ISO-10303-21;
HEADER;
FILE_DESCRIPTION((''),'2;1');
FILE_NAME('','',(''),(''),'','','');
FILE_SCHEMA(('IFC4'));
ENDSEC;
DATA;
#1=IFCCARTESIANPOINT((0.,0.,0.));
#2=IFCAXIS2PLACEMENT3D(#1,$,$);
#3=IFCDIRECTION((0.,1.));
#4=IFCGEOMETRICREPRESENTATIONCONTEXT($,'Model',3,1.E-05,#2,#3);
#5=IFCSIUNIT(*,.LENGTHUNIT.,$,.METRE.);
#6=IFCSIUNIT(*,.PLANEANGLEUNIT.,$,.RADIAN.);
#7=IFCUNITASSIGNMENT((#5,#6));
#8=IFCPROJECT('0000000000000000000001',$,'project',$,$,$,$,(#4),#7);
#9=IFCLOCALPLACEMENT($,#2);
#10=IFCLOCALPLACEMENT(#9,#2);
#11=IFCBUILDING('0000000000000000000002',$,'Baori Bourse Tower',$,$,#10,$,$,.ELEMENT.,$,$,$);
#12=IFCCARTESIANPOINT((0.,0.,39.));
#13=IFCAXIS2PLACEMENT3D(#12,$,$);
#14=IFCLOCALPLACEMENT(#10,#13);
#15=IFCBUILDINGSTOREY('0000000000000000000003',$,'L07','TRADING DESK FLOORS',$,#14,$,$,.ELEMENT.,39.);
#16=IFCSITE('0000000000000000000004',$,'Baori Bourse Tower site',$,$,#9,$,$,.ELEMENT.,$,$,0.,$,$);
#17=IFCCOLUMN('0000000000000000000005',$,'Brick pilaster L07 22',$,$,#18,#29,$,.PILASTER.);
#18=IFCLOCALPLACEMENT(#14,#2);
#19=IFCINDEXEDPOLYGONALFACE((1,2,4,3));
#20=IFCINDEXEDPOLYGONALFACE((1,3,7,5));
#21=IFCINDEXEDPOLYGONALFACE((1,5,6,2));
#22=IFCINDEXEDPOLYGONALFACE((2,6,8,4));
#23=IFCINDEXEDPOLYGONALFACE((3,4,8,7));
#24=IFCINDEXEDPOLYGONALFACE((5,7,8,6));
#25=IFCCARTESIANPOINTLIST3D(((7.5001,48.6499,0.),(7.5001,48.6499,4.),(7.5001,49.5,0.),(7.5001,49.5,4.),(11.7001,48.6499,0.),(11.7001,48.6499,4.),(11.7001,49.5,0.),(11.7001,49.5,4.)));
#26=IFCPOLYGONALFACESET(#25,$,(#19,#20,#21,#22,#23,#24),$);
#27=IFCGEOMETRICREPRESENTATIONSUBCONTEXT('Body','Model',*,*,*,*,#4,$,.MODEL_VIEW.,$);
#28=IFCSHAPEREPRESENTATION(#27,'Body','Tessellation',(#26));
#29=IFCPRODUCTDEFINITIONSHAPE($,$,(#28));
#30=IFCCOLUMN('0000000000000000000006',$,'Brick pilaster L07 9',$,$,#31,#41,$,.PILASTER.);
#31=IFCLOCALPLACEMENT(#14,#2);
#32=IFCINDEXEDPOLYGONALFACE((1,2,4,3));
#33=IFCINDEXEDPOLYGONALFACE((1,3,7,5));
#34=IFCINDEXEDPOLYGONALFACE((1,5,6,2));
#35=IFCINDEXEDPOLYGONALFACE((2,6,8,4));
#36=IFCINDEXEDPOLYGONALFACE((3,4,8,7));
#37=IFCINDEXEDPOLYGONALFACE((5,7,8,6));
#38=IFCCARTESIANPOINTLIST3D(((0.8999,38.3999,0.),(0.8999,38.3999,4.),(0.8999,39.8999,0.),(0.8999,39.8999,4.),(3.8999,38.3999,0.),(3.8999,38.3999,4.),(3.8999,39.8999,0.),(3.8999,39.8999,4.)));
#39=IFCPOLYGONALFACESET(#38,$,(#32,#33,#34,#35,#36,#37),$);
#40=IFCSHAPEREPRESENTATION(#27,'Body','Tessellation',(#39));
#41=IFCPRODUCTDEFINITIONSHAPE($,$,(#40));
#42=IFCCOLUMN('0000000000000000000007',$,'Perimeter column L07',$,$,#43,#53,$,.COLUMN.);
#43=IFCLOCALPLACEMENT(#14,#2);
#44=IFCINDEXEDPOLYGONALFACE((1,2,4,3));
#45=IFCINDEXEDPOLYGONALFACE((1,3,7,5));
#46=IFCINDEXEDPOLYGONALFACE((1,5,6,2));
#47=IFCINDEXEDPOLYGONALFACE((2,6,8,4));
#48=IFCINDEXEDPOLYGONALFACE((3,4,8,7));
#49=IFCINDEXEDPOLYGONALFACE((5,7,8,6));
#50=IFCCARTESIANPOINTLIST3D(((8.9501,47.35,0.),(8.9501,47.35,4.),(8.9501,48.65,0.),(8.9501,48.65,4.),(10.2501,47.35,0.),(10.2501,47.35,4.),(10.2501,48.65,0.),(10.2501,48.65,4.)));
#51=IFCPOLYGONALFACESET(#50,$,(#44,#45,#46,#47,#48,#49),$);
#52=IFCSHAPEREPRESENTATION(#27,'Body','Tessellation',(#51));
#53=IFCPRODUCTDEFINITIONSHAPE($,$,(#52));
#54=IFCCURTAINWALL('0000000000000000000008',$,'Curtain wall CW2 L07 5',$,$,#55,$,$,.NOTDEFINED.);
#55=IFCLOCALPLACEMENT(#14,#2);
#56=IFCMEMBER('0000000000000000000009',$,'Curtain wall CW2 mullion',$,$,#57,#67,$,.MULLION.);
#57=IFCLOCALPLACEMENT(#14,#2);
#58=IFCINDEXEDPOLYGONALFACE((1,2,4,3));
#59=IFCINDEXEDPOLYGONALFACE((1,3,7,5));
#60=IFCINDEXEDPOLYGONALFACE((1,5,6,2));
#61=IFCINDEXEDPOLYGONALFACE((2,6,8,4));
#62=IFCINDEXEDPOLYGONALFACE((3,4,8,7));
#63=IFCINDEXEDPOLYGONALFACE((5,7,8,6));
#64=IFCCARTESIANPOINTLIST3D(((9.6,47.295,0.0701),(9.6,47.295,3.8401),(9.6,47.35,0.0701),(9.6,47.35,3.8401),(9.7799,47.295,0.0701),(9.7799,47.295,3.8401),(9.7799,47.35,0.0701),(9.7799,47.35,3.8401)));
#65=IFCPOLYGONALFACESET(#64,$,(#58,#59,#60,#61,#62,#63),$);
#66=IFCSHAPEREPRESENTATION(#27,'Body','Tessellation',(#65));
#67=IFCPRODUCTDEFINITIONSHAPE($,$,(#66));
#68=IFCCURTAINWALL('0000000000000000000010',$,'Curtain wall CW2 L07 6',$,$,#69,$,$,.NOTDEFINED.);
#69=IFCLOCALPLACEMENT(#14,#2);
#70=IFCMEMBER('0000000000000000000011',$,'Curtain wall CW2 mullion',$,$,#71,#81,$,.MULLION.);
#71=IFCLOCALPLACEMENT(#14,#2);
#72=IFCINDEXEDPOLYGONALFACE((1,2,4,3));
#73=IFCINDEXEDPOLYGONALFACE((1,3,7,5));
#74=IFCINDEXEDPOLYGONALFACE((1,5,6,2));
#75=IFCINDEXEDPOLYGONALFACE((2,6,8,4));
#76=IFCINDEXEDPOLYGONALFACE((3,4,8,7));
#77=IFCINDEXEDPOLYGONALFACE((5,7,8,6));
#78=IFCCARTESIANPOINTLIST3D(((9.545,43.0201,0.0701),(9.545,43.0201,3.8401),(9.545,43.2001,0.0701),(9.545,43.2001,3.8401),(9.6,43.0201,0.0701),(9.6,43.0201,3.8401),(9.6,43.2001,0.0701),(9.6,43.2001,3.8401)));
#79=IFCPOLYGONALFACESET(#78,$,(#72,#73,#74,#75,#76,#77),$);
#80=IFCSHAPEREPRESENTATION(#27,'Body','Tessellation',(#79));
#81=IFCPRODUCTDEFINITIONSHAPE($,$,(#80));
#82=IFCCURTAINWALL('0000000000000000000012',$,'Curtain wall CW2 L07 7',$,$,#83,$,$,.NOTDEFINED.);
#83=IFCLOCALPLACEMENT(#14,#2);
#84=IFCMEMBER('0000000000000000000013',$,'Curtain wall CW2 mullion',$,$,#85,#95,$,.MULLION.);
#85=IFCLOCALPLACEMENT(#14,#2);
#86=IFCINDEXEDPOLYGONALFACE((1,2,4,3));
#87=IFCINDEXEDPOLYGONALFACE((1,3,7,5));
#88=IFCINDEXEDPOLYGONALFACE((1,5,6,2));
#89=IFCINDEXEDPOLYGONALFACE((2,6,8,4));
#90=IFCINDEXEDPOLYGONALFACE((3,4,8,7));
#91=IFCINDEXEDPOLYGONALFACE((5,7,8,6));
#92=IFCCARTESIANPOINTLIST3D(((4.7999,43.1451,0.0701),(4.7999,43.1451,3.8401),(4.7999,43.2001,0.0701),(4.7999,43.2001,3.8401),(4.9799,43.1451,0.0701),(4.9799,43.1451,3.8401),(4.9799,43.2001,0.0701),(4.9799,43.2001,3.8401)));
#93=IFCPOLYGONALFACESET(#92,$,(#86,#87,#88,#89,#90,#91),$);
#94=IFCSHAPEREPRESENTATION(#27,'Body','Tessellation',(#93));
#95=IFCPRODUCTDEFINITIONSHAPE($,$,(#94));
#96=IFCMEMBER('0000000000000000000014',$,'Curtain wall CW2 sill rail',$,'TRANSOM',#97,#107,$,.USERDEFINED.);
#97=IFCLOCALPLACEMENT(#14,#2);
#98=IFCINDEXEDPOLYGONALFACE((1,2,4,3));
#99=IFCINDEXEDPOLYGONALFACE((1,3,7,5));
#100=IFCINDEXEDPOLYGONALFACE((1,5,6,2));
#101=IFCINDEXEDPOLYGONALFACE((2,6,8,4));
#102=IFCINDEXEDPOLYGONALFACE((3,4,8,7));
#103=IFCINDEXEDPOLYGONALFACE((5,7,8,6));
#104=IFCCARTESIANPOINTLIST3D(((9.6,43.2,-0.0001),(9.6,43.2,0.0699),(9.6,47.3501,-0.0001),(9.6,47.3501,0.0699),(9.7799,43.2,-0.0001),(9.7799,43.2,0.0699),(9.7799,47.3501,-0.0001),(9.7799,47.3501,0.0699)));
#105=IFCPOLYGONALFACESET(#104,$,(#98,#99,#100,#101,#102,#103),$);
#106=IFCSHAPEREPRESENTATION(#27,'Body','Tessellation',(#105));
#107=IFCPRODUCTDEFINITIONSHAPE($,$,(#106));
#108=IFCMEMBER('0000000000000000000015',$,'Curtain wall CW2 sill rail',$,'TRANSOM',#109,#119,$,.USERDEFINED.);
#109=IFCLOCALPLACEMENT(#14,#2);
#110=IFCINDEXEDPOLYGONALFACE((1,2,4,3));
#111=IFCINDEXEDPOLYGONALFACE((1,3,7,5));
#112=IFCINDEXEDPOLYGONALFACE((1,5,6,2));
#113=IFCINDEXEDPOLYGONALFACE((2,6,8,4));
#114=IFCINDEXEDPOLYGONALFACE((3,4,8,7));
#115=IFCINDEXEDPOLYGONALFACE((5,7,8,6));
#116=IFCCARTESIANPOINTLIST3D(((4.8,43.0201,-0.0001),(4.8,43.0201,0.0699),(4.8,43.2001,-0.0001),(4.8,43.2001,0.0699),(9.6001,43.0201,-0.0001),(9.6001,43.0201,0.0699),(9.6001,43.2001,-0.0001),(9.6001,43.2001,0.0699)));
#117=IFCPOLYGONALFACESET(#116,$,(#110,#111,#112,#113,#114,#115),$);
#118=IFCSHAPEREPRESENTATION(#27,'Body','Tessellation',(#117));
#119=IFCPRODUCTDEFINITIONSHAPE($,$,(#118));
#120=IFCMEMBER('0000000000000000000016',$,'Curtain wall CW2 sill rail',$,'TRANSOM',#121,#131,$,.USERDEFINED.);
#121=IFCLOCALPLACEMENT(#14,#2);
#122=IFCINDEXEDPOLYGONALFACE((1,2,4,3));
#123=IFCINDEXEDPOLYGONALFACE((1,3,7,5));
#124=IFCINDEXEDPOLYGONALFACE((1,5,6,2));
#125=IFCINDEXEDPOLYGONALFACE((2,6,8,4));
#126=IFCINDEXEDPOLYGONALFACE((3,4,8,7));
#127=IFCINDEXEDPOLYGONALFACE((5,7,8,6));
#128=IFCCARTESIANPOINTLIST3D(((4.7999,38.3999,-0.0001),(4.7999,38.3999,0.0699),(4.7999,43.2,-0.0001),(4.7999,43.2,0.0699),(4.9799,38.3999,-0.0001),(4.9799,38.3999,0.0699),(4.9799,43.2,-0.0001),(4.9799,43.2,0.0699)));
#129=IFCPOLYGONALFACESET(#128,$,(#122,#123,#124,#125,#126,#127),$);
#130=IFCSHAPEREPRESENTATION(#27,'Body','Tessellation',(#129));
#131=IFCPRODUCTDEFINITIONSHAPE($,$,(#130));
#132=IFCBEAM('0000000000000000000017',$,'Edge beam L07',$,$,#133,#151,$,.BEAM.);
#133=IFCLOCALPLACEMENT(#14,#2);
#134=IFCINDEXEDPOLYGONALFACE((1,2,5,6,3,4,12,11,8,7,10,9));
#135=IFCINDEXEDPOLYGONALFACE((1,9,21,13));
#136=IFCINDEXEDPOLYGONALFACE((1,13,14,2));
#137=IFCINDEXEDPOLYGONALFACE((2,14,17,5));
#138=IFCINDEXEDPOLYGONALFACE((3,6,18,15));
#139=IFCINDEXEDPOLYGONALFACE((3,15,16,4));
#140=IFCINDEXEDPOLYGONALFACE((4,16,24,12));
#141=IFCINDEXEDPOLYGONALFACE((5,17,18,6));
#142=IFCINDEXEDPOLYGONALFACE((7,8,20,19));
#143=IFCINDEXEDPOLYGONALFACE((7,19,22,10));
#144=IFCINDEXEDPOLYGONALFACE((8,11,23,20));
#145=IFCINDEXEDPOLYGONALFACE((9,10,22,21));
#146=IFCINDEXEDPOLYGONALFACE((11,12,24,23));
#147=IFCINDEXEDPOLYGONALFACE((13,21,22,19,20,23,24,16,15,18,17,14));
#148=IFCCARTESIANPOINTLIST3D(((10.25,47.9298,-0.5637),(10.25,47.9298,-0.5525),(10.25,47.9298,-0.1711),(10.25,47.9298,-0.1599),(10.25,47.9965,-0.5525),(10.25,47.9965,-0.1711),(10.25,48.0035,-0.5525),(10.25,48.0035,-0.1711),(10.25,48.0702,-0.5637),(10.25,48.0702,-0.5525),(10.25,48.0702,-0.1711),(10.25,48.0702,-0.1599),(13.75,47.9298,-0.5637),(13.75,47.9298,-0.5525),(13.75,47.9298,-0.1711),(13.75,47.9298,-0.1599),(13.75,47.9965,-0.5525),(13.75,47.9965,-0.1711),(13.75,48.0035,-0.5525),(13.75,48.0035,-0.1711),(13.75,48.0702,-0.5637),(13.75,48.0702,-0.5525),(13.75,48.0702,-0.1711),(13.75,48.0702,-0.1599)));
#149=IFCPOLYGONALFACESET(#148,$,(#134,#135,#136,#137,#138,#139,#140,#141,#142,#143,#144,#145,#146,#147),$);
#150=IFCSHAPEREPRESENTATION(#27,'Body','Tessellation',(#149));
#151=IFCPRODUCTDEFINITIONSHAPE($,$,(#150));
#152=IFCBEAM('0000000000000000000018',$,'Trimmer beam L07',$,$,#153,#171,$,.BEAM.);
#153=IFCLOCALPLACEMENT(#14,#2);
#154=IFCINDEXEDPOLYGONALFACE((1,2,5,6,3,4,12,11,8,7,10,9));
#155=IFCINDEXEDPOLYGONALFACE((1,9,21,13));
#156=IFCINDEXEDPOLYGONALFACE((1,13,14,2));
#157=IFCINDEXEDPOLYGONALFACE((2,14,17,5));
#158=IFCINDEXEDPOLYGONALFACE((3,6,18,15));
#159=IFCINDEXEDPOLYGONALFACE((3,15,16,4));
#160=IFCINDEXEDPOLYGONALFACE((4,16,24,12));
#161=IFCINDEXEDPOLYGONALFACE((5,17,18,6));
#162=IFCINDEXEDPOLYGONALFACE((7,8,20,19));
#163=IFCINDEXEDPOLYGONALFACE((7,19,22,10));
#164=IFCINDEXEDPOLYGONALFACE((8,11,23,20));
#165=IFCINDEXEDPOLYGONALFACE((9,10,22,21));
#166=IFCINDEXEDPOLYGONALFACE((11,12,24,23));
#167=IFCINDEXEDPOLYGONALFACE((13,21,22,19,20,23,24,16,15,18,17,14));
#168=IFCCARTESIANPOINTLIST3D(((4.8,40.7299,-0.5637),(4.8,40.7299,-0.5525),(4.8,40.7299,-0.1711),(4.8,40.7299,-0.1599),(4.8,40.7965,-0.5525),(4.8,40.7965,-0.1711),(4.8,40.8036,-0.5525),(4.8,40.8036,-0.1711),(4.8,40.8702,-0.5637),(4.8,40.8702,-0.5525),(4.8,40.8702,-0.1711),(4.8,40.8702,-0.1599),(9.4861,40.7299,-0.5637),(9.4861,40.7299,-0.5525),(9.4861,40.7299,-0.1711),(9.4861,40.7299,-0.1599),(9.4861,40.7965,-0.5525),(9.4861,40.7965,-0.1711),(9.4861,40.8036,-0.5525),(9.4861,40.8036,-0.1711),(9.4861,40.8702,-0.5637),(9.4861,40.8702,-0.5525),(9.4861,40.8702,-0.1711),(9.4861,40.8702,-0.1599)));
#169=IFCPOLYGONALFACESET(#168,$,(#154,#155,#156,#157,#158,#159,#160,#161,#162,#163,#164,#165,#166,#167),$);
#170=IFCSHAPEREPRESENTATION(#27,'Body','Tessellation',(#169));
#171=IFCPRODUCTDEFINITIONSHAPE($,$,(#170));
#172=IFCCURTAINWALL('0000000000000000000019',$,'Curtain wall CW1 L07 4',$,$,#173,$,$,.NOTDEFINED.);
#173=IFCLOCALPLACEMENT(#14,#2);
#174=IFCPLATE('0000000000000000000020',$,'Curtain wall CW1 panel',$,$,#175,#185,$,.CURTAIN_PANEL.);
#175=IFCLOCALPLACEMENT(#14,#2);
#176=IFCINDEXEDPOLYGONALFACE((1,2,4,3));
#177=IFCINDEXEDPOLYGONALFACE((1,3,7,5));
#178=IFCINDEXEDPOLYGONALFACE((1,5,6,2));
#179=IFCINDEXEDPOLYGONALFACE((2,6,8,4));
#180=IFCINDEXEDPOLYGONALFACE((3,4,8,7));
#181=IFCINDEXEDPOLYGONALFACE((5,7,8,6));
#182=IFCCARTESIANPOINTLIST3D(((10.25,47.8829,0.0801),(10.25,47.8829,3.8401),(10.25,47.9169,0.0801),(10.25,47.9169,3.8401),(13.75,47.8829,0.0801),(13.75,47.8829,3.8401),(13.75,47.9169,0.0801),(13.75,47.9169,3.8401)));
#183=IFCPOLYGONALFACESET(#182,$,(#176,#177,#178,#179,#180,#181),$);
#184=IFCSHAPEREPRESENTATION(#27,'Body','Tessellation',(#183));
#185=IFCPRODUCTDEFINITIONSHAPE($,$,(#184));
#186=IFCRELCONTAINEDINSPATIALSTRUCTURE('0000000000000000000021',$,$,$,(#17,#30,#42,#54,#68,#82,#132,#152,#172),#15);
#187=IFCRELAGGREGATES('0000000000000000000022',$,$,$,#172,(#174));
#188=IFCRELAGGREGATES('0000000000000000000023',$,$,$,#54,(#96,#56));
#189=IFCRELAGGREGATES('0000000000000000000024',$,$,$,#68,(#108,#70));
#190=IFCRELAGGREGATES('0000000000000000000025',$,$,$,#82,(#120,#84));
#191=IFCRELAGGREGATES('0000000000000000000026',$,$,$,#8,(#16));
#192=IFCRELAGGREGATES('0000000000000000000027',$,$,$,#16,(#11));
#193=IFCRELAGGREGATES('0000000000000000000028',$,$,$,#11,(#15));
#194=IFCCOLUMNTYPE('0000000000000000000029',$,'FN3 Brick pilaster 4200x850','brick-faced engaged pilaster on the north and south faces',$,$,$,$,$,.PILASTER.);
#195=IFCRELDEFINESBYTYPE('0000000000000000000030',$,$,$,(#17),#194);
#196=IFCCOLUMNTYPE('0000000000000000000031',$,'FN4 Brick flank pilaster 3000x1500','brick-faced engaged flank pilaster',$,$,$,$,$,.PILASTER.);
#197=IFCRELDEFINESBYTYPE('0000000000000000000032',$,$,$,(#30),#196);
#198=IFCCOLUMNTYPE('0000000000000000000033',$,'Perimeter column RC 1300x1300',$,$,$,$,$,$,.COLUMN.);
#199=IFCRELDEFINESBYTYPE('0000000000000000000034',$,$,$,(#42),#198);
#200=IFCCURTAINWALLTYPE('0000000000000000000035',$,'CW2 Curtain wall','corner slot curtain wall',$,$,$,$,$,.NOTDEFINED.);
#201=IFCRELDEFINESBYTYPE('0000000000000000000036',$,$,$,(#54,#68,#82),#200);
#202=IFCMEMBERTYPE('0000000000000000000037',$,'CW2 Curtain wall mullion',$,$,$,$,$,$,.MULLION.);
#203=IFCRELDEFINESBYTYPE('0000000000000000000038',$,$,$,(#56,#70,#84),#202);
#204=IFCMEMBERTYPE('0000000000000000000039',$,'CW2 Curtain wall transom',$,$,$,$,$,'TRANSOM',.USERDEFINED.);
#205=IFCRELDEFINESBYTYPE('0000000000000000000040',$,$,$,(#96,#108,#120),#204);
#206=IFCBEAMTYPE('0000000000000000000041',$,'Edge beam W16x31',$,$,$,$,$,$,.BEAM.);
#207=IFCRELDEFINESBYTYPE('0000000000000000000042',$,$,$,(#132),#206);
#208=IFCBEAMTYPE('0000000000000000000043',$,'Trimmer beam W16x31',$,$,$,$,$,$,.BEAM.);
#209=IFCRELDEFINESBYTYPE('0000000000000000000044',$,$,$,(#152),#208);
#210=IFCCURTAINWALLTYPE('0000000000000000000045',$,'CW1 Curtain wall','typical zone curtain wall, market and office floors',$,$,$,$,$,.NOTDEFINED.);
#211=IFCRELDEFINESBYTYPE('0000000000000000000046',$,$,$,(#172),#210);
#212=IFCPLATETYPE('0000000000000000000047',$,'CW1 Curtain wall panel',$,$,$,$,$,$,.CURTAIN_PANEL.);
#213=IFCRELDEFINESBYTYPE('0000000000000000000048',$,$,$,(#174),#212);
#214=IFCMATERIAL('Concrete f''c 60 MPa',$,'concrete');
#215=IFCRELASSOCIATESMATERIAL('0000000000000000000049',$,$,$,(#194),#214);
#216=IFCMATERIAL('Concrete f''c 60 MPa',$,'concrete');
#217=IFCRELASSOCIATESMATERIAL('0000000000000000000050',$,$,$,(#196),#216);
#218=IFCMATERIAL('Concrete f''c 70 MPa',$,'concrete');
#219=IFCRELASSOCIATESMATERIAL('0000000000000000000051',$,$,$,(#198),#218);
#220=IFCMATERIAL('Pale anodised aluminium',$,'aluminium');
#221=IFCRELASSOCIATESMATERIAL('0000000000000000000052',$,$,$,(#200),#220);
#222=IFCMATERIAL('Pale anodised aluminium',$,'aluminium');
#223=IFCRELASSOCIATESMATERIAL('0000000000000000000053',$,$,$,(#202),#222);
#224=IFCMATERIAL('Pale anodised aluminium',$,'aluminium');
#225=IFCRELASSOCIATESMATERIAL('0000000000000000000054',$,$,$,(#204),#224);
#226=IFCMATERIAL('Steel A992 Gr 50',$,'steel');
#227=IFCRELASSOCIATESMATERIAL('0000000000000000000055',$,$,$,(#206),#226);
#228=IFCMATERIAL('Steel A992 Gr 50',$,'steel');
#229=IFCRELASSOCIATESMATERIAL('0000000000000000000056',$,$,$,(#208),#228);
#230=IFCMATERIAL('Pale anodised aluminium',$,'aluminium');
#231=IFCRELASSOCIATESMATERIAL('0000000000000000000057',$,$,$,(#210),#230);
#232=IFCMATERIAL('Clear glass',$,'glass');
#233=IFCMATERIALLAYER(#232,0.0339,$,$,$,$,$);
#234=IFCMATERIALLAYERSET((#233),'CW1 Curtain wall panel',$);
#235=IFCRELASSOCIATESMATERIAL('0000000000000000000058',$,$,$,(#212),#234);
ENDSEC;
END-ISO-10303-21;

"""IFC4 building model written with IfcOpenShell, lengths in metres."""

from ifc_helpers import new_model, si_unit, direction, frame, origin, origin_2d, place, context, subcontext, project, spatial, rectangle, i_section, extrude, material, layer, layer_set, material_profile, profile_set, type_object, element, aggregate, save


model = new_model("IFC4")

# Units and contexts
model_context = context("Model", 3, precision=1e-05, world=origin(), true_north=direction((0.0, 1.0)))
body_context = subcontext(model_context, "Body", "Model", "MODEL_VIEW")
ifc_project = project(units=[si_unit("LENGTHUNIT", "METRE"), si_unit("PLANEANGLEUNIT", "RADIAN")], contexts=[model_context])

# Site, building, storey
site_placement = place(None, origin())
site = spatial("IfcSite", under=ifc_project, at=site_placement, Name="Baori Bourse Tower site", CompositionType="ELEMENT", RefElevation=0.0)
building_placement = place(site_placement, origin())
building = spatial("IfcBuilding", under=site, at=building_placement, Name="Baori Bourse Tower", CompositionType="ELEMENT")
storey_placement = place(building_placement, frame((0.0, 0.0, 39.0)))
storey = spatial("IfcBuildingStorey", under=building, at=storey_placement, Name="L07", Description="TRADING DESK FLOORS", CompositionType="ELEMENT", Elevation=39.0)

# Columns
ifc_material_1 = material(Name="Concrete f'c 60 MPa", Category="concrete")
ifc_material_profile_1 = material_profile(ifc_material_1, rectangle(XDim=4.2, YDim=0.8501, at=origin_2d()), Name="RC 4200x850")
ifc_profile_set_1 = profile_set([ifc_material_profile_1], Name="Concrete f'c 60 MPa")
column_type_1 = type_object("IfcColumnType", Name="FN3 Brick pilaster 4200x850", Description="brick-faced engaged pilaster on the north and south faces", PredefinedType="PILASTER", material=ifc_profile_set_1)
column_1_placement = place(storey_placement, frame((9.6001, 49.075, 0.0), z_axis=(0.0, 0.0, 1.0), x_axis=(1.0, 0.0, 0.0)))
element("IfcColumn", 1, at=column_1_placement, inside=storey, type_object=column_type_1, Name="Brick pilaster L07 22", PredefinedType="PILASTER", context=body_context, shape_type="SweptSolid", body=[
    extrude(rectangle(XDim=4.2, YDim=0.8501, at=origin_2d()), origin(), (0.0, 0.0, 1.0), 4.0),
])
ifc_material_2 = material(Name="Concrete f'c 60 MPa", Category="concrete")
ifc_material_profile_2 = material_profile(ifc_material_2, rectangle(XDim=3.0, YDim=1.5, at=origin_2d()), Name="RC 3000x1500")
ifc_profile_set_2 = profile_set([ifc_material_profile_2], Name="Concrete f'c 60 MPa")
column_type_2 = type_object("IfcColumnType", Name="FN4 Brick flank pilaster 3000x1500", Description="brick-faced engaged flank pilaster", PredefinedType="PILASTER", material=ifc_profile_set_2)
column_2_placement = place(storey_placement, frame((2.3999, 39.1499, 0.0), z_axis=(0.0, 0.0, 1.0), x_axis=(1.0, 0.0, 0.0)))
element("IfcColumn", 2, at=column_2_placement, inside=storey, type_object=column_type_2, Name="Brick pilaster L07 9", PredefinedType="PILASTER", context=body_context, shape_type="SweptSolid", body=[
    extrude(rectangle(XDim=3.0, YDim=1.5, at=origin_2d()), origin(), (0.0, 0.0, 1.0), 4.0),
])
ifc_material_3 = material(Name="Concrete f'c 70 MPa", Category="concrete")
ifc_material_profile_3 = material_profile(ifc_material_3, rectangle(XDim=1.3, YDim=1.3, at=origin_2d()), Name="RC 1300x1300")
ifc_profile_set_3 = profile_set([ifc_material_profile_3], Name="Concrete f'c 70 MPa")
column_type_3 = type_object("IfcColumnType", Name="Perimeter column RC 1300x1300", PredefinedType="COLUMN", material=ifc_profile_set_3)
column_3_placement = place(storey_placement, frame((9.6001, 48.0, 0.0), z_axis=(0.0, 0.0, 1.0), x_axis=(1.0, 0.0, 0.0)))
element("IfcColumn", 3, at=column_3_placement, inside=storey, type_object=column_type_3, Name="Perimeter column L07", PredefinedType="COLUMN", context=body_context, shape_type="SweptSolid", body=[
    extrude(rectangle(XDim=1.3, YDim=1.3, at=origin_2d()), origin(), (0.0, 0.0, 1.0), 4.0),
])

# Curtain walls, members
ifc_material_4 = material(Name="Pale anodised aluminium", Category="aluminium")
curtain_wall_type_1 = type_object("IfcCurtainWallType", Name="CW2 Curtain wall", Description="corner slot curtain wall", PredefinedType="NOTDEFINED", material=ifc_material_4)
curtain_wall_1_placement = place(storey_placement, origin())
curtain_wall_1 = element("IfcCurtainWall", 4, at=curtain_wall_1_placement, inside=storey, type_object=curtain_wall_type_1, Name="Curtain wall CW2 L07 5", PredefinedType="NOTDEFINED")
ifc_material_5 = material(Name="Pale anodised aluminium", Category="aluminium")
ifc_material_profile_4 = material_profile(ifc_material_5, rectangle(XDim=0.1799, YDim=0.0549, at=origin_2d()), Name="Mullion 55x180")
ifc_profile_set_4 = profile_set([ifc_material_profile_4], Name="Pale anodised aluminium")
member_type_1 = type_object("IfcMemberType", Name="CW2 Curtain wall mullion", PredefinedType="MULLION", material=ifc_profile_set_4)
member_1_placement = place(storey_placement, frame((9.6899, 47.3225, 0.0701), z_axis=(0.0, 0.0, 1.0), x_axis=(1.0, 0.0, 0.0)))
member_1 = element("IfcMember", 5, at=member_1_placement, type_object=member_type_1, Name="Curtain wall CW2 mullion", PredefinedType="MULLION", context=body_context, shape_type="SweptSolid", body=[
    extrude(rectangle(XDim=0.1799, YDim=0.0549, at=origin_2d()), origin(), (0.0, 0.0, 1.0), 3.77),
])
curtain_wall_2_placement = place(storey_placement, origin())
curtain_wall_2 = element("IfcCurtainWall", 6, at=curtain_wall_2_placement, inside=storey, type_object=curtain_wall_type_1, Name="Curtain wall CW2 L07 6", PredefinedType="NOTDEFINED")
member_2_placement = place(storey_placement, frame((9.5725, 43.1101, 0.0701), z_axis=(0.0, 0.0, 1.0), x_axis=(0.0, -1.0, 0.0)))
member_2 = element("IfcMember", 7, at=member_2_placement, type_object=member_type_1, Name="Curtain wall CW2 mullion", PredefinedType="MULLION", context=body_context, shape_type="SweptSolid", body=[
    extrude(rectangle(XDim=0.1799, YDim=0.0549, at=origin_2d()), origin(), (0.0, 0.0, 1.0), 3.77),
])
curtain_wall_3_placement = place(storey_placement, origin())
curtain_wall_3 = element("IfcCurtainWall", 8, at=curtain_wall_3_placement, inside=storey, type_object=curtain_wall_type_1, Name="Curtain wall CW2 L07 7", PredefinedType="NOTDEFINED")
member_3_placement = place(storey_placement, frame((4.8899, 43.1726, 0.0701), z_axis=(0.0, 0.0, 1.0), x_axis=(1.0, 0.0, 0.0)))
member_3 = element("IfcMember", 9, at=member_3_placement, type_object=member_type_1, Name="Curtain wall CW2 mullion", PredefinedType="MULLION", context=body_context, shape_type="SweptSolid", body=[
    extrude(rectangle(XDim=0.1799, YDim=0.0549, at=origin_2d()), origin(), (0.0, 0.0, 1.0), 3.77),
])

# Members
ifc_material_6 = material(Name="Pale anodised aluminium", Category="aluminium")
ifc_material_profile_5 = material_profile(ifc_material_6, rectangle(XDim=0.1799, YDim=0.0701, at=origin_2d()), Name="Transom 70x180")
ifc_profile_set_5 = profile_set([ifc_material_profile_5], Name="Pale anodised aluminium")
member_type_2 = type_object("IfcMemberType", Name="CW2 Curtain wall transom", ElementType="TRANSOM", PredefinedType="USERDEFINED", material=ifc_profile_set_5)
member_4_placement = place(storey_placement, frame((9.6899, 47.3501, 0.0349), z_axis=(0.0, -1.0, 0.0), x_axis=(1.0, 0.0, 0.0)))
member_4 = element("IfcMember", 10, at=member_4_placement, type_object=member_type_2, Name="Curtain wall CW2 sill rail", ObjectType="TRANSOM", PredefinedType="USERDEFINED", context=body_context, shape_type="SweptSolid", body=[
    extrude(rectangle(XDim=0.1799, YDim=0.0701, at=origin_2d()), origin(), (0.0, 0.0, 1.0), 4.1501),
])
member_5_placement = place(storey_placement, frame((9.6001, 43.1101, 0.0349), z_axis=(-1.0, 0.0, 0.0), x_axis=(0.0, -1.0, 0.0)))
member_5 = element("IfcMember", 11, at=member_5_placement, type_object=member_type_2, Name="Curtain wall CW2 sill rail", ObjectType="TRANSOM", PredefinedType="USERDEFINED", context=body_context, shape_type="SweptSolid", body=[
    extrude(rectangle(XDim=0.1799, YDim=0.0701, at=origin_2d()), origin(), (0.0, 0.0, 1.0), 4.8),
])
member_6_placement = place(storey_placement, frame((4.8899, 43.2, 0.0349), z_axis=(0.0, -1.0, 0.0), x_axis=(1.0, 0.0, 0.0)))
member_6 = element("IfcMember", 12, at=member_6_placement, type_object=member_type_2, Name="Curtain wall CW2 sill rail", ObjectType="TRANSOM", PredefinedType="USERDEFINED", context=body_context, shape_type="SweptSolid", body=[
    extrude(rectangle(XDim=0.1799, YDim=0.0701, at=origin_2d()), origin(), (0.0, 0.0, 1.0), 4.8),
])

# Beams
ifc_material_7 = material(Name="Steel A992 Gr 50", Category="steel")
ifc_material_profile_6 = material_profile(ifc_material_7, i_section(OverallWidth=0.1404, OverallDepth=0.4038, WebThickness=0.0071, FlangeThickness=0.0112, at=origin_2d()), Name="W16x31")
ifc_profile_set_6 = profile_set([ifc_material_profile_6], Name="Steel A992 Gr 50")
beam_type_1 = type_object("IfcBeamType", Name="Edge beam W16x31", PredefinedType="BEAM", material=ifc_profile_set_6)
beam_1_placement = place(storey_placement, frame((10.25, 48.0, -0.3618), z_axis=(1.0, 0.0, 0.0), x_axis=(0.0, 1.0, 0.0)))
element("IfcBeam", 13, at=beam_1_placement, inside=storey, type_object=beam_type_1, Name="Edge beam L07", PredefinedType="BEAM", context=body_context, shape_type="SweptSolid", body=[
    extrude(i_section(OverallWidth=0.1404, OverallDepth=0.4038, WebThickness=0.0071, FlangeThickness=0.0112, at=origin_2d()), origin(), (0.0, 0.0, 1.0), 3.5),
])
ifc_material_8 = material(Name="Steel A992 Gr 50", Category="steel")
ifc_material_profile_7 = material_profile(ifc_material_8, i_section(OverallWidth=0.1404, OverallDepth=0.4038, WebThickness=0.0071, FlangeThickness=0.0112, at=origin_2d()), Name="W16x31")
ifc_profile_set_7 = profile_set([ifc_material_profile_7], Name="Steel A992 Gr 50")
beam_type_2 = type_object("IfcBeamType", Name="Trimmer beam W16x31", PredefinedType="BEAM", material=ifc_profile_set_7)
beam_2_placement = place(storey_placement, frame((4.8, 40.8, -0.3618), z_axis=(1.0, 0.0, 0.0), x_axis=(0.0, 1.0, 0.0)))
element("IfcBeam", 14, at=beam_2_placement, inside=storey, type_object=beam_type_2, Name="Trimmer beam L07", PredefinedType="BEAM", context=body_context, shape_type="SweptSolid", body=[
    extrude(i_section(OverallWidth=0.1404, OverallDepth=0.4038, WebThickness=0.0071, FlangeThickness=0.0112, at=origin_2d()), origin(), (0.0, 0.0, 1.0), 4.686),
])

# Curtain wall, plate
ifc_material_9 = material(Name="Pale anodised aluminium", Category="aluminium")
curtain_wall_type_2 = type_object("IfcCurtainWallType", Name="CW1 Curtain wall", Description="typical zone curtain wall, market and office floors", PredefinedType="NOTDEFINED", material=ifc_material_9)
curtain_wall_4_placement = place(storey_placement, origin())
curtain_wall_4 = element("IfcCurtainWall", 15, at=curtain_wall_4_placement, inside=storey, type_object=curtain_wall_type_2, Name="Curtain wall CW1 L07 4", PredefinedType="NOTDEFINED")
ifc_material_10 = material(Name="Clear glass", Category="glass")
ifc_layer_1 = layer(ifc_material_10, 0.0339)
ifc_layer_set_1 = layer_set([ifc_layer_1], Name="CW1 Curtain wall panel")
plate_type_1 = type_object("IfcPlateType", Name="CW1 Curtain wall panel", PredefinedType="CURTAIN_PANEL", material=ifc_layer_set_1)
plate_1_placement = place(storey_placement, frame((12.0, 47.8999, 0.0801), z_axis=(0.0, 0.0, 1.0), x_axis=(-1.0, 0.0, 0.0)))
plate_1 = element("IfcPlate", 16, at=plate_1_placement, type_object=plate_type_1, Name="Curtain wall CW1 panel", PredefinedType="CURTAIN_PANEL", context=body_context, shape_type="SweptSolid", body=[
    extrude(rectangle(XDim=3.5, YDim=0.0339, at=origin_2d()), origin(), (0.0, 0.0, 1.0), 3.76),
])
aggregate(curtain_wall_4, [plate_1])

aggregate(curtain_wall_1, [member_4, member_1])
aggregate(curtain_wall_2, [member_5, member_2])
aggregate(curtain_wall_3, [member_6, member_3])

save(model, "model.ifc")
